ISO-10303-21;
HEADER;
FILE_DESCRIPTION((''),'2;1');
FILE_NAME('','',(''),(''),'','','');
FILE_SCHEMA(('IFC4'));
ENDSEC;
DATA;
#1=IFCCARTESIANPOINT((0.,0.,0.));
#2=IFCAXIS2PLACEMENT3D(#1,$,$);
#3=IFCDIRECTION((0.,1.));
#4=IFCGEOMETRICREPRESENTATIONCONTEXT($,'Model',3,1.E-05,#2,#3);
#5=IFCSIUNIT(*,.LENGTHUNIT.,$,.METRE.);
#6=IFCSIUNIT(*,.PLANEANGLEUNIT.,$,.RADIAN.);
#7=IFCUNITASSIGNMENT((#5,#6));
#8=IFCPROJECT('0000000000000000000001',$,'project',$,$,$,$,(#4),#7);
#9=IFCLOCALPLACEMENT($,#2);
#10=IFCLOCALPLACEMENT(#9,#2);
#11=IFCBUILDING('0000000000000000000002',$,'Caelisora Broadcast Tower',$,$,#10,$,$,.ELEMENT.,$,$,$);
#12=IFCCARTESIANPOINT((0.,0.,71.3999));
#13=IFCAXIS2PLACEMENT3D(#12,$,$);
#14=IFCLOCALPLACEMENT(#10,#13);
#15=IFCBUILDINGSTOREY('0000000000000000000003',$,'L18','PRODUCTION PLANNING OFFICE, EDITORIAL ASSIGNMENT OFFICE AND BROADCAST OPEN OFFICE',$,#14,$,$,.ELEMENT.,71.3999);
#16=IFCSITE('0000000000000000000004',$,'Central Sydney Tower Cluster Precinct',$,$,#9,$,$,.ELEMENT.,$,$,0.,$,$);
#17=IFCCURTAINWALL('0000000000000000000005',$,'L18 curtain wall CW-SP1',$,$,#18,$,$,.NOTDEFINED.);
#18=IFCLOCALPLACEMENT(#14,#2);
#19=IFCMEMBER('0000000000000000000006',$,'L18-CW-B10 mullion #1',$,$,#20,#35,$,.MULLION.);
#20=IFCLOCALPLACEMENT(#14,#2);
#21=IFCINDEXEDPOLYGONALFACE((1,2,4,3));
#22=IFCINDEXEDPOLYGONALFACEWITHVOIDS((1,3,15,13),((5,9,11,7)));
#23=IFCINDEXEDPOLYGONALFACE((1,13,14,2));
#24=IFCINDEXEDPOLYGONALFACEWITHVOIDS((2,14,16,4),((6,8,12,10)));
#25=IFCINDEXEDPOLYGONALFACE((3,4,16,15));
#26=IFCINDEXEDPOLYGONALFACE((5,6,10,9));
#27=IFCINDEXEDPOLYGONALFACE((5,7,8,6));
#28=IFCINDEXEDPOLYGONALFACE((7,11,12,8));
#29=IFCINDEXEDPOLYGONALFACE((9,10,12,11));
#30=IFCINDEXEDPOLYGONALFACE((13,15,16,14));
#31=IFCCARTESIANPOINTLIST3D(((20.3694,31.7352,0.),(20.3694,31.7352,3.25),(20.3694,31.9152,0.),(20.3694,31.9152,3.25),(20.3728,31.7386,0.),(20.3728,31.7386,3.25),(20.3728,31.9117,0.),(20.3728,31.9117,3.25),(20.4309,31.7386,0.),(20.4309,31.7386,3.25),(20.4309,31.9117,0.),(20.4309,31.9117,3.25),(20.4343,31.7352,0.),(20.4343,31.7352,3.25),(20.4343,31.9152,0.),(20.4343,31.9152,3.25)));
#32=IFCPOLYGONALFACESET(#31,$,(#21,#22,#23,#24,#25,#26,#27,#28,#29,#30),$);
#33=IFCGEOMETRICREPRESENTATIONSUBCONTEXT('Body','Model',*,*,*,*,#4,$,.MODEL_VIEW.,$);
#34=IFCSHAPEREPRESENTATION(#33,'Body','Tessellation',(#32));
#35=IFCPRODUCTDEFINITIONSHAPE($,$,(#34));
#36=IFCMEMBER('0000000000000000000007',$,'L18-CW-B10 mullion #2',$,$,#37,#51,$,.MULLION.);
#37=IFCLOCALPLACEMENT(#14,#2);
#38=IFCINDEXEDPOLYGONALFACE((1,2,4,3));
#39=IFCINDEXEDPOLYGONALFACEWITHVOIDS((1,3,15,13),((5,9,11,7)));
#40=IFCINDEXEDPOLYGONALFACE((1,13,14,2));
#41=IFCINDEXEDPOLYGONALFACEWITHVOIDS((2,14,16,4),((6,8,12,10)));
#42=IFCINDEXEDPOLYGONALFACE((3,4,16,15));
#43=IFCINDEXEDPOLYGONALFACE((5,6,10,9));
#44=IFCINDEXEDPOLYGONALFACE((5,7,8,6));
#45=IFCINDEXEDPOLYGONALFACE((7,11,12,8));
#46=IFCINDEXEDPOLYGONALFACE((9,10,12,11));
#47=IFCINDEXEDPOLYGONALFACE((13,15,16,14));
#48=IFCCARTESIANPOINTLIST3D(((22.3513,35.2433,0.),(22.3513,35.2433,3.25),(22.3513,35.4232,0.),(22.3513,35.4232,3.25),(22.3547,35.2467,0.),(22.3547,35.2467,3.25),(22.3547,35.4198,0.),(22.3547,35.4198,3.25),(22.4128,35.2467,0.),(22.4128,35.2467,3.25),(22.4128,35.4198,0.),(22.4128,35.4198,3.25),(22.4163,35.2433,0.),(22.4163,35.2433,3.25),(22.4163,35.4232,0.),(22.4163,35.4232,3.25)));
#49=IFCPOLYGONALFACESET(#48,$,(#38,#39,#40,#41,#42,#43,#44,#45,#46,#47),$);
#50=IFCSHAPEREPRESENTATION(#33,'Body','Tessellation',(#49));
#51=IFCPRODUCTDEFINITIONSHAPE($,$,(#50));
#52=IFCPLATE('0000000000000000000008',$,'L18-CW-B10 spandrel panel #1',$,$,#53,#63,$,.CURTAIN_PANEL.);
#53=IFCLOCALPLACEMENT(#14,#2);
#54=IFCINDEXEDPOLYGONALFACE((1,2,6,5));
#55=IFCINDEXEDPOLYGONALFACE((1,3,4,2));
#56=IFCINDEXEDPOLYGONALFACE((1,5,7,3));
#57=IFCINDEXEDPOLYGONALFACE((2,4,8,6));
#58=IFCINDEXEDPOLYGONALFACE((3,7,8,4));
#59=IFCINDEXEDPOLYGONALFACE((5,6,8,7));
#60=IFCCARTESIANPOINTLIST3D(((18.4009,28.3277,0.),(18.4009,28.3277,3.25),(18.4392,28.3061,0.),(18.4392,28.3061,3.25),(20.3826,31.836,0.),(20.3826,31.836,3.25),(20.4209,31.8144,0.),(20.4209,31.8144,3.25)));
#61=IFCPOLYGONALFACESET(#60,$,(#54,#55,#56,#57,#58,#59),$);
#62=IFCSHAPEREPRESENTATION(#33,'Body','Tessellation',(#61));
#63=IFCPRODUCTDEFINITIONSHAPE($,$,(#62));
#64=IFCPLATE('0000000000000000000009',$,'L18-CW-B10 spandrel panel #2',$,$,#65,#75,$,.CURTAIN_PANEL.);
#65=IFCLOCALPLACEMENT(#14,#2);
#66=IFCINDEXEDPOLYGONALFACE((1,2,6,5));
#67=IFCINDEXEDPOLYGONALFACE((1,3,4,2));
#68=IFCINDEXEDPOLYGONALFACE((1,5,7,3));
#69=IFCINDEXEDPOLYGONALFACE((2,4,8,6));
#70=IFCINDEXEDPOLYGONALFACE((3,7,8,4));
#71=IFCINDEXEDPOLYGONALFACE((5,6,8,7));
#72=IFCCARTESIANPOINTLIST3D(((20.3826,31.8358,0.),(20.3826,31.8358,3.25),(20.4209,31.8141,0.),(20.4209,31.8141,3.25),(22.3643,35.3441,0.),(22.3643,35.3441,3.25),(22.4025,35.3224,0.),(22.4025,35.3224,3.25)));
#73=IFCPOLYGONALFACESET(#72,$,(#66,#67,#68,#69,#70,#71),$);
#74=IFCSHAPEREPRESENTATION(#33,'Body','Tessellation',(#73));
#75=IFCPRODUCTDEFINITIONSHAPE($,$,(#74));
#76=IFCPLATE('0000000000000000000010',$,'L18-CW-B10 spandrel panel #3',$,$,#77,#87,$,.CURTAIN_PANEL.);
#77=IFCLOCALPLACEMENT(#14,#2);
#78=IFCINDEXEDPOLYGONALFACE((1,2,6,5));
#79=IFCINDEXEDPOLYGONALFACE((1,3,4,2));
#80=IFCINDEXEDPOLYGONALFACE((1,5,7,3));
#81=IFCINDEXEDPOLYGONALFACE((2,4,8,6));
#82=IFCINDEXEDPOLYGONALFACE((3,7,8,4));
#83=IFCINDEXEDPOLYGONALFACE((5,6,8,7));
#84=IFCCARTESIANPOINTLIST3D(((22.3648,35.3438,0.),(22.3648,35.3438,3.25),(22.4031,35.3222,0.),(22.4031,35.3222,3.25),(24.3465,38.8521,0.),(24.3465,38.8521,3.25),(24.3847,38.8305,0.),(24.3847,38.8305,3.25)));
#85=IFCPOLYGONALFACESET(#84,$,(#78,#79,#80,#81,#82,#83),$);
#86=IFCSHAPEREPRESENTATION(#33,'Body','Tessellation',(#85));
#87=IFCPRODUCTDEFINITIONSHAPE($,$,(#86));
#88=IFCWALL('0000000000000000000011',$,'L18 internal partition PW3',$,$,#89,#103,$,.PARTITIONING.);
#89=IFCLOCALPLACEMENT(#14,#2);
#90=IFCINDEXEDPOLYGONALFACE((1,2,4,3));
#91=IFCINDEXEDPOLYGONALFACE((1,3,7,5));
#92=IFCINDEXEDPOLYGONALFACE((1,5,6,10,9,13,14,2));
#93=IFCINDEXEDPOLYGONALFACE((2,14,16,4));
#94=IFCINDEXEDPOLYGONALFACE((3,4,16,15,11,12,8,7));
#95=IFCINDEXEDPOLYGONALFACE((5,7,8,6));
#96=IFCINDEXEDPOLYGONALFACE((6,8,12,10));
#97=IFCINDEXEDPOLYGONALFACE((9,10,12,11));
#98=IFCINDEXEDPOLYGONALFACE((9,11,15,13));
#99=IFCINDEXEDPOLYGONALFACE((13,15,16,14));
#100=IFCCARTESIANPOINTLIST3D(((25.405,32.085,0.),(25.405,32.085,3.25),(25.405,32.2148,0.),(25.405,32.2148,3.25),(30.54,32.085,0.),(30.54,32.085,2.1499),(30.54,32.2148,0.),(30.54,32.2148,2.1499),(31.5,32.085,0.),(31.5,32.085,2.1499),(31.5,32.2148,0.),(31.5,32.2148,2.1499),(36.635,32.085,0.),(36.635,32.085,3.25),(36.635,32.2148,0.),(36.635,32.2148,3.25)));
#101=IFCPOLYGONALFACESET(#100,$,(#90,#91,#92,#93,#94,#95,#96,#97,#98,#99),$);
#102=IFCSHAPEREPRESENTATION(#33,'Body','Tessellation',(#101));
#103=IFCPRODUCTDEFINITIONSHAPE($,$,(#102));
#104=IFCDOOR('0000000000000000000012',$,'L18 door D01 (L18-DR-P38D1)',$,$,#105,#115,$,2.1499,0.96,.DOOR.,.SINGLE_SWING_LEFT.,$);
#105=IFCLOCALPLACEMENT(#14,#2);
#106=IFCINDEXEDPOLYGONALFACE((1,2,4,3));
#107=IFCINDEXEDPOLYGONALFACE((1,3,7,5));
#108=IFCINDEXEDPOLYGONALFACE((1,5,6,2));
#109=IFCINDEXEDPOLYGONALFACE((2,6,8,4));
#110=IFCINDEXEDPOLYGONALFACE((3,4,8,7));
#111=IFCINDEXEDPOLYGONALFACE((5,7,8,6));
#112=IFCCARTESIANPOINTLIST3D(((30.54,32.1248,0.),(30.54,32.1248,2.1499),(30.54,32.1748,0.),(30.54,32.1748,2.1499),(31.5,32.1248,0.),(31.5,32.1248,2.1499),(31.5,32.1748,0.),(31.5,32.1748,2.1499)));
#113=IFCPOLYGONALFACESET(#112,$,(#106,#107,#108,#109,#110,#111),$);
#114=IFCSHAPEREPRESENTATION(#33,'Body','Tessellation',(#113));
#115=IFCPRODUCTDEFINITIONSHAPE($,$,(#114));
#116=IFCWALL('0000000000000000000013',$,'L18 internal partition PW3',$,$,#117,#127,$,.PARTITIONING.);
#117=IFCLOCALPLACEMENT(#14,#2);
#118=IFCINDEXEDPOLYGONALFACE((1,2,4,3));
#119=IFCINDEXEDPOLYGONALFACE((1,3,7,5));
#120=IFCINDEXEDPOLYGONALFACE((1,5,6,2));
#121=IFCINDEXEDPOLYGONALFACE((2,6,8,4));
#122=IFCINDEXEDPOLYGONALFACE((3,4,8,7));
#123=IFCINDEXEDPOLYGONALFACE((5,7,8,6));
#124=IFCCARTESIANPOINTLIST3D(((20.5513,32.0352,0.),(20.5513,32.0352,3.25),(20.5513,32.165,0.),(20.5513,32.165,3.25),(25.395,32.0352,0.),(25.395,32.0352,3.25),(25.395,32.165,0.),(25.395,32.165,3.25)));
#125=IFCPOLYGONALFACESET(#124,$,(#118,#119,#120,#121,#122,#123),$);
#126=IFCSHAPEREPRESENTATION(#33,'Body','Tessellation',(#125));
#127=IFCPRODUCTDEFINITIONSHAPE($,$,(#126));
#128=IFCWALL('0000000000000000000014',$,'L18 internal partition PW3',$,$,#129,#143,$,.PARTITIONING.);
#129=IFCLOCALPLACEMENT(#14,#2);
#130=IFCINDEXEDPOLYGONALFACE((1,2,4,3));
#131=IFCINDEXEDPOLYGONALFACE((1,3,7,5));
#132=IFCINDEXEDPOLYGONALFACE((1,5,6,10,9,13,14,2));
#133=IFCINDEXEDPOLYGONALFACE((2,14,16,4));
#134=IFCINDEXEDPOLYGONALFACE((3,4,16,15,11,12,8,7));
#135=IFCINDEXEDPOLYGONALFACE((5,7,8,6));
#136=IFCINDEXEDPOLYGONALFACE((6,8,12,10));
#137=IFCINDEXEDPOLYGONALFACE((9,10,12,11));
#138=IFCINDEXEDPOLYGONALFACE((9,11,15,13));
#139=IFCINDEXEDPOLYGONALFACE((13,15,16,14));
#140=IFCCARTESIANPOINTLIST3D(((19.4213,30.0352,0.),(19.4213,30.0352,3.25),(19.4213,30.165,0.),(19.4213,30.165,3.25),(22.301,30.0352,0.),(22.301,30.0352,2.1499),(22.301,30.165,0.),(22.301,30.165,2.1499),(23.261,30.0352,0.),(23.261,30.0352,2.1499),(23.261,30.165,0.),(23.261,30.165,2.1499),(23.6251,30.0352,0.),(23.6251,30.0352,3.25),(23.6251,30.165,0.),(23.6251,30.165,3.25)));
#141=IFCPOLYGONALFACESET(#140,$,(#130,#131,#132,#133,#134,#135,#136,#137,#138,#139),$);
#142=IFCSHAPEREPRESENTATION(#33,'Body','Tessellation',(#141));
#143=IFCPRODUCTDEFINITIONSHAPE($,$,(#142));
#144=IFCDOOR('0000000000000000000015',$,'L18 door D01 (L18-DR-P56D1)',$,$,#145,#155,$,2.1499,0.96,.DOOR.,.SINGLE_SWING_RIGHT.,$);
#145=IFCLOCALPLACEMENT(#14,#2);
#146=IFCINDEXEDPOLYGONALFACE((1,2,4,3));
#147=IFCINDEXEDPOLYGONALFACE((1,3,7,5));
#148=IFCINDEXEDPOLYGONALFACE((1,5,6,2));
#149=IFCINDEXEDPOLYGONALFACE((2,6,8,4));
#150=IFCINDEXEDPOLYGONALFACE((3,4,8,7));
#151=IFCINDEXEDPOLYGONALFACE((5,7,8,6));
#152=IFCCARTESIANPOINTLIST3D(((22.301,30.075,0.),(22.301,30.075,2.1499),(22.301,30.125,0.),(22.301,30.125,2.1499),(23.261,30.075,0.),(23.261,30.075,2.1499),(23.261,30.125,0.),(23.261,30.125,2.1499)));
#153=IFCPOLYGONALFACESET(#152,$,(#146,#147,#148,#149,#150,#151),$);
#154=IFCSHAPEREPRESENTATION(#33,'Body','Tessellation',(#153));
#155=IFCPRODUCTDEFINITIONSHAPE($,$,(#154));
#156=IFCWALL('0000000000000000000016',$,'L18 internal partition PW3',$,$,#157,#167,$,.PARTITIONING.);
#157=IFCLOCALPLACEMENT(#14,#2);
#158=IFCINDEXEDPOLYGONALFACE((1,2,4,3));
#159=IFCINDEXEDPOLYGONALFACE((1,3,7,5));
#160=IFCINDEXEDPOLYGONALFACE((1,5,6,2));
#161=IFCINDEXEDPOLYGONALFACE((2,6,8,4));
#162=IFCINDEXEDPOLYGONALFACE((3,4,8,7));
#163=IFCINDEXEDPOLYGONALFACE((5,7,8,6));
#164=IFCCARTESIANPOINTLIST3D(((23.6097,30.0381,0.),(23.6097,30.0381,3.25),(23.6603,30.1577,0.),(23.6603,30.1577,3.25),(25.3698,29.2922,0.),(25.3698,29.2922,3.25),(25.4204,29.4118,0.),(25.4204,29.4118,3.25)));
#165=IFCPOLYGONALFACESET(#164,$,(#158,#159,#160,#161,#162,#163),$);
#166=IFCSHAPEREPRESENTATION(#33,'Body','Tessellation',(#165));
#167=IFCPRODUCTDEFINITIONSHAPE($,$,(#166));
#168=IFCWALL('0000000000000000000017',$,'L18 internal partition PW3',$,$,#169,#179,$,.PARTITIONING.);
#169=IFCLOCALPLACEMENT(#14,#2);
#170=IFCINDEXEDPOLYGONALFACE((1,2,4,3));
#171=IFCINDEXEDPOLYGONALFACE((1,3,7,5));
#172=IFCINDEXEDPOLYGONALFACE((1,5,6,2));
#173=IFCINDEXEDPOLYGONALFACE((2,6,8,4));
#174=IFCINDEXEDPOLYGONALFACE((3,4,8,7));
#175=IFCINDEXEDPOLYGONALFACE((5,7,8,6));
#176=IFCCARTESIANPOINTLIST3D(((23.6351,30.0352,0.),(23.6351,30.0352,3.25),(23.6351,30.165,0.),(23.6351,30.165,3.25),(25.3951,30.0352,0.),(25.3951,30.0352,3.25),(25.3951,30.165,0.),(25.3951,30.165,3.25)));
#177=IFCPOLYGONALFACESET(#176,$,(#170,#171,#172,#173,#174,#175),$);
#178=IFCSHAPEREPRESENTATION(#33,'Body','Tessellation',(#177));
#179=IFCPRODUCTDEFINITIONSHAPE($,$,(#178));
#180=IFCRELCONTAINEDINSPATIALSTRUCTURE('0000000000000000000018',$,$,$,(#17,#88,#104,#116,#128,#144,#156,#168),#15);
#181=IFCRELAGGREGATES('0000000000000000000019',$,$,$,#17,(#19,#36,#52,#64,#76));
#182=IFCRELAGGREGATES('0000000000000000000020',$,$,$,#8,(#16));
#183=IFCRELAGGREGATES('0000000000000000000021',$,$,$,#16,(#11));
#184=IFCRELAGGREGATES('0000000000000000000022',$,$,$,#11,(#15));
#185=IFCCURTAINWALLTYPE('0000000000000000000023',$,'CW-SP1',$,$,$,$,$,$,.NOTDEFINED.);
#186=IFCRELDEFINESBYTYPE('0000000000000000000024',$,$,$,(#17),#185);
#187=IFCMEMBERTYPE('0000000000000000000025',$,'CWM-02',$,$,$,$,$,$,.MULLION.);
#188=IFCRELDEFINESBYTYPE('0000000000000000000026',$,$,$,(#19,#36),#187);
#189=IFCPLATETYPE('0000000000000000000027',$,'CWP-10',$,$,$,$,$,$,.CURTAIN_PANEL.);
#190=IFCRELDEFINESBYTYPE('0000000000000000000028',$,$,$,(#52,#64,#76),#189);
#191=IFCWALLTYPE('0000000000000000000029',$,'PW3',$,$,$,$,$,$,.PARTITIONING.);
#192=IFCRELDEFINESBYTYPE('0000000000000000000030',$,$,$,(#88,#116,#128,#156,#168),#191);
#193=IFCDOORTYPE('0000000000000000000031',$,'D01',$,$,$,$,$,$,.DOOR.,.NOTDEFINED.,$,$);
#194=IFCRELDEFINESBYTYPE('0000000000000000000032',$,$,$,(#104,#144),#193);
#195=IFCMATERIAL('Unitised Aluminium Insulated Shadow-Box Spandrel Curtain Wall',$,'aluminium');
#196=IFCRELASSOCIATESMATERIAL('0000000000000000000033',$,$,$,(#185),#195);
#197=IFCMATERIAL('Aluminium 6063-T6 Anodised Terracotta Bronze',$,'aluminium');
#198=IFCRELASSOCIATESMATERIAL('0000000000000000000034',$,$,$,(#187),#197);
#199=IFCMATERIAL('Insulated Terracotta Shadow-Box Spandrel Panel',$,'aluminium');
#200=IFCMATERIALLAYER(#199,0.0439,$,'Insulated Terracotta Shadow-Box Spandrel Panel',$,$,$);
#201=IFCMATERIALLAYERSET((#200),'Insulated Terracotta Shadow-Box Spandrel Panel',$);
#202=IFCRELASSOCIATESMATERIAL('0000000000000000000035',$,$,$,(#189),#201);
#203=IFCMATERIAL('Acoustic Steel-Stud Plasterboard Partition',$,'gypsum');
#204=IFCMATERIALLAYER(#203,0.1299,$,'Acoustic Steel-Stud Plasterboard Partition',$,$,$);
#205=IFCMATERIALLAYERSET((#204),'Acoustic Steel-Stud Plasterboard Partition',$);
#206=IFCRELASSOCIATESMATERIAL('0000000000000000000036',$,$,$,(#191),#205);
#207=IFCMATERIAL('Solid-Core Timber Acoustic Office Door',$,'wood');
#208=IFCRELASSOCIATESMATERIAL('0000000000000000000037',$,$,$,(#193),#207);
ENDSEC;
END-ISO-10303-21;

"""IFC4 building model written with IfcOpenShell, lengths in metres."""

from ifc_helpers import new_model, si_unit, direction, frame, frame_2d, origin, origin_2d, place, context, subcontext, project, spatial, rectangle, hollow_rectangle, extrude, source, transform, mapped, material, layer, layer_set, material_profile, profile_set, type_object, type_shapes, element, fill, aggregate, save


model = new_model("IFC4")

# Units and contexts
model_context = context("Model", 3, precision=1e-05, world=origin(), true_north=direction((0.0, 1.0)))
body_context = subcontext(model_context, "Body", "Model", "MODEL_VIEW")
ifc_project = project(units=[si_unit("LENGTHUNIT", "METRE"), si_unit("PLANEANGLEUNIT", "RADIAN")], contexts=[model_context])

# Site, building, storey
site_placement = place(None, origin())
site = spatial("IfcSite", under=ifc_project, at=site_placement, Name="Central Sydney Tower Cluster Precinct", CompositionType="ELEMENT", RefElevation=0.0)
building_placement = place(site_placement, origin())
building = spatial("IfcBuilding", under=site, at=building_placement, Name="Caelisora Broadcast Tower", CompositionType="ELEMENT")
storey_placement = place(building_placement, frame((0.0, 0.0, 71.3999)))
storey = spatial("IfcBuildingStorey", under=building, at=storey_placement, Name="L18", Description="PRODUCTION PLANNING OFFICE, EDITORIAL ASSIGNMENT OFFICE AND BROADCAST OPEN OFFICE", CompositionType="ELEMENT", Elevation=71.3999)

# Curtain wall, members, plates
ifc_material_1 = material(Name="Unitised Aluminium Insulated Shadow-Box Spandrel Curtain Wall", Category="aluminium")
curtain_wall_type = type_object("IfcCurtainWallType", Name="CW-SP1", PredefinedType="NOTDEFINED", material=ifc_material_1)
curtain_wall_placement = place(storey_placement, origin())
curtain_wall = element("IfcCurtainWall", 1, at=curtain_wall_placement, inside=storey, type_object=curtain_wall_type, Name="L18 curtain wall CW-SP1", PredefinedType="NOTDEFINED")
ifc_material_2 = material(Name="Aluminium 6063-T6 Anodised Terracotta Bronze", Category="aluminium")
ifc_material_profile_1 = material_profile(ifc_material_2, hollow_rectangle(XDim=0.0649, YDim=0.1799, WallThickness=0.0034, at=origin_2d()), Name="Aluminium 6063-T6 Anodised Terracotta Bronze")
ifc_profile_set_1 = profile_set([ifc_material_profile_1], Name="Aluminium 6063-T6 Anodised Terracotta Bronze")
member_type = type_object("IfcMemberType", Name="CWM-02", PredefinedType="MULLION", material=ifc_profile_set_1)
shared_shape_1 = source(origin(), body_context, "Body", "SweptSolid", [
    extrude(hollow_rectangle(XDim=0.0649, YDim=0.1799, WallThickness=0.0034, at=origin_2d()), origin(), (0.0, 0.0, 1.0), 3.25),
])
type_shapes(member_type, [shared_shape_1])
member_1_placement = place(storey_placement, frame((20.4019, 31.8252, 0.0), z_axis=(0.0, 0.0, 1.0), x_axis=(1.0, 0.0, 0.0)))
member_1 = element("IfcMember", 2, at=member_1_placement, type_object=member_type, Name="L18-CW-B10 mullion #1", PredefinedType="MULLION", context=body_context, shape_type="MappedRepresentation", body=[
    mapped(shared_shape_1, transform((0.0, 0.0, 0.0), scale=1.0)),
])
member_2_placement = place(storey_placement, frame((22.3838, 35.3333, 0.0), z_axis=(0.0, 0.0, 1.0), x_axis=(1.0, 0.0, 0.0)))
member_2 = element("IfcMember", 3, at=member_2_placement, type_object=member_type, Name="L18-CW-B10 mullion #2", PredefinedType="MULLION", context=body_context, shape_type="MappedRepresentation", body=[
    mapped(shared_shape_1, transform((0.0, 0.0, 0.0), scale=1.0)),
])
ifc_material_3 = material(Name="Insulated Terracotta Shadow-Box Spandrel Panel", Category="aluminium")
ifc_layer_1 = layer(ifc_material_3, 0.0439, Name="Insulated Terracotta Shadow-Box Spandrel Panel")
ifc_layer_set_1 = layer_set([ifc_layer_1], Name="Insulated Terracotta Shadow-Box Spandrel Panel")
plate_type = type_object("IfcPlateType", Name="CWP-10", PredefinedType="CURTAIN_PANEL", material=ifc_layer_set_1)
shared_shape_2 = source(origin(), body_context, "Body", "SweptSolid", [
    extrude(rectangle(XDim=4.0293, YDim=0.0439, at=origin_2d()), origin(), (0.0, 0.0, 1.0), 3.25),
])
type_shapes(plate_type, [shared_shape_2])
plate_1_placement = place(storey_placement, frame((19.4109, 30.071, 0.0), z_axis=(0.0, 0.0, 1.0), x_axis=(0.491816, 0.870699, 0.0)))
plate_1 = element("IfcPlate", 4, at=plate_1_placement, type_object=plate_type, Name="L18-CW-B10 spandrel panel #1", PredefinedType="CURTAIN_PANEL", context=body_context, shape_type="MappedRepresentation", body=[
    mapped(shared_shape_2, transform((0.0, 0.0, 0.0), scale=1.0)),
])
plate_2_placement = place(storey_placement, frame((21.3926, 33.5791, 0.0), z_axis=(0.0, 0.0, 1.0), x_axis=(0.491816, 0.870699, 0.0)))
plate_2 = element("IfcPlate", 5, at=plate_2_placement, type_object=plate_type, Name="L18-CW-B10 spandrel panel #2", PredefinedType="CURTAIN_PANEL", context=body_context, shape_type="MappedRepresentation", body=[
    mapped(shared_shape_2, transform((0.0, 0.0, 0.0), scale=1.0)),
])
plate_3_placement = place(storey_placement, frame((23.3748, 37.0872, 0.0), z_axis=(0.0, 0.0, 1.0), x_axis=(0.491816, 0.870699, 0.0)))
plate_3 = element("IfcPlate", 6, at=plate_3_placement, type_object=plate_type, Name="L18-CW-B10 spandrel panel #3", PredefinedType="CURTAIN_PANEL", context=body_context, shape_type="MappedRepresentation", body=[
    mapped(shared_shape_2, transform((0.0, 0.0, 0.0), scale=1.0)),
])
aggregate(curtain_wall, [member_1, member_2, plate_1, plate_2, plate_3])

# Wall, opening, door
ifc_material_4 = material(Name="Acoustic Steel-Stud Plasterboard Partition", Category="gypsum")
ifc_layer_2 = layer(ifc_material_4, 0.1299, Name="Acoustic Steel-Stud Plasterboard Partition")
ifc_layer_set_2 = layer_set([ifc_layer_2], Name="Acoustic Steel-Stud Plasterboard Partition")
wall_type = type_object("IfcWallType", Name="PW3", PredefinedType="PARTITIONING", material=ifc_layer_set_2)
wall_1_placement = place(storey_placement, frame((25.405, 32.1499, 0.0), z_axis=(0.0, 0.0, 1.0), x_axis=(1.0, 0.0, 0.0)))
wall_1 = element("IfcWall", 7, at=wall_1_placement, inside=storey, type_object=wall_type, Name="L18 internal partition PW3", PredefinedType="PARTITIONING", context=body_context, shape_type="SweptSolid", body=[
    extrude(rectangle(XDim=11.23, YDim=0.1299, at=frame_2d((5.615, 0.0))), origin(), (0.0, 0.0, 1.0), 3.25),
])
opening_1_placement = place(wall_1_placement, frame((5.135, 0.0, 0.0)))
opening_1 = element("IfcOpeningElement", 8, at=opening_1_placement, cuts=wall_1, PredefinedType="OPENING", context=body_context, shape_type="SweptSolid", body=[
    extrude(rectangle(XDim=0.96, YDim=2.1499, at=frame_2d((0.48, 1.075))), frame((0.0, 0.0769, 0.0), z_axis=(0.0, -1.0, 0.0), x_axis=(1.0, 0.0, 0.0)), (0.0, 0.0, 1.0), 0.1538),
])
ifc_material_5 = material(Name="Solid-Core Timber Acoustic Office Door", Category="wood")
door_type = type_object("IfcDoorType", Name="D01", OperationType="NOTDEFINED", PredefinedType="DOOR", material=ifc_material_5)
door_1_placement = place(opening_1_placement, origin())
door_1 = element("IfcDoor", 9, at=door_1_placement, inside=storey, type_object=door_type, Name="L18 door D01 (L18-DR-P38D1)", OperationType="SINGLE_SWING_LEFT", OverallHeight=2.1499, OverallWidth=0.96, PredefinedType="DOOR", context=body_context, shape_type="SweptSolid", body=[
    extrude(rectangle(XDim=0.96, YDim=2.1499, at=frame_2d((0.48, 1.075))), frame((0.0, 0.0249, 0.0), z_axis=(0.0, -1.0, 0.0), x_axis=(1.0, 0.0, 0.0)), (0.0, 0.0, 1.0), 0.05),
])
fill(opening_1, door_1)

# Wall
wall_2_placement = place(storey_placement, frame((20.5513, 32.1001, 0.0), z_axis=(0.0, 0.0, 1.0), x_axis=(1.0, 0.0, 0.0)))
element("IfcWall", 10, at=wall_2_placement, inside=storey, type_object=wall_type, Name="L18 internal partition PW3", PredefinedType="PARTITIONING", context=body_context, shape_type="SweptSolid", body=[
    extrude(rectangle(XDim=4.8438, YDim=0.1299, at=frame_2d((2.4219, 0.0))), origin(), (0.0, 0.0, 1.0), 3.25),
])

# Wall, opening, door
wall_3_placement = place(storey_placement, frame((19.4211, 30.1001, 0.0), z_axis=(0.0, 0.0, 1.0), x_axis=(1.0, 0.0, 0.0)))
wall_3 = element("IfcWall", 11, at=wall_3_placement, inside=storey, type_object=wall_type, Name="L18 internal partition PW3", PredefinedType="PARTITIONING", context=body_context, shape_type="SweptSolid", body=[
    extrude(rectangle(XDim=4.2039, YDim=0.1299, at=frame_2d((2.1021, 0.0))), origin(), (0.0, 0.0, 1.0), 3.25),
])
opening_2_placement = place(wall_3_placement, frame((2.8799, 0.0, 0.0)))
opening_2 = element("IfcOpeningElement", 12, at=opening_2_placement, cuts=wall_3, PredefinedType="OPENING", context=body_context, shape_type="SweptSolid", body=[
    extrude(rectangle(XDim=0.96, YDim=2.1499, at=frame_2d((0.48, 1.075))), frame((0.0, 0.0769, 0.0), z_axis=(0.0, -1.0, 0.0), x_axis=(1.0, 0.0, 0.0)), (0.0, 0.0, 1.0), 0.1538),
])
door_2_placement = place(opening_2_placement, origin())
door_2 = element("IfcDoor", 13, at=door_2_placement, inside=storey, type_object=door_type, Name="L18 door D01 (L18-DR-P56D1)", OperationType="SINGLE_SWING_RIGHT", OverallHeight=2.1499, OverallWidth=0.96, PredefinedType="DOOR", context=body_context, shape_type="SweptSolid", body=[
    extrude(rectangle(XDim=0.96, YDim=2.1499, at=frame_2d((0.48, 1.075))), frame((0.0, 0.0249, 0.0), z_axis=(0.0, -1.0, 0.0), x_axis=(1.0, 0.0, 0.0)), (0.0, 0.0, 1.0), 0.05),
])
fill(opening_2, door_2)

# Walls
wall_4_placement = place(storey_placement, frame((23.635, 30.0979, 0.0), z_axis=(0.0, 0.0, 1.0), x_axis=(0.920736, -0.390186, 0.0)))
element("IfcWall", 14, at=wall_4_placement, inside=storey, type_object=wall_type, Name="L18 internal partition PW3", PredefinedType="PARTITIONING", context=body_context, shape_type="SweptSolid", body=[
    extrude(rectangle(XDim=1.9116, YDim=0.1299, at=frame_2d((0.9558, 0.0))), origin(), (0.0, 0.0, 1.0), 3.25),
])
wall_5_placement = place(storey_placement, frame((25.395, 30.1001, 0.0), z_axis=(0.0, 0.0, 1.0), x_axis=(-1.0, 0.0, 0.0)))
element("IfcWall", 15, at=wall_5_placement, inside=storey, type_object=wall_type, Name="L18 internal partition PW3", PredefinedType="PARTITIONING", context=body_context, shape_type="SweptSolid", body=[
    extrude(rectangle(XDim=1.76, YDim=0.1299, at=frame_2d((0.8799, 0.0))), origin(), (0.0, 0.0, 1.0), 3.25),
])

save(model, "model.ifc")
